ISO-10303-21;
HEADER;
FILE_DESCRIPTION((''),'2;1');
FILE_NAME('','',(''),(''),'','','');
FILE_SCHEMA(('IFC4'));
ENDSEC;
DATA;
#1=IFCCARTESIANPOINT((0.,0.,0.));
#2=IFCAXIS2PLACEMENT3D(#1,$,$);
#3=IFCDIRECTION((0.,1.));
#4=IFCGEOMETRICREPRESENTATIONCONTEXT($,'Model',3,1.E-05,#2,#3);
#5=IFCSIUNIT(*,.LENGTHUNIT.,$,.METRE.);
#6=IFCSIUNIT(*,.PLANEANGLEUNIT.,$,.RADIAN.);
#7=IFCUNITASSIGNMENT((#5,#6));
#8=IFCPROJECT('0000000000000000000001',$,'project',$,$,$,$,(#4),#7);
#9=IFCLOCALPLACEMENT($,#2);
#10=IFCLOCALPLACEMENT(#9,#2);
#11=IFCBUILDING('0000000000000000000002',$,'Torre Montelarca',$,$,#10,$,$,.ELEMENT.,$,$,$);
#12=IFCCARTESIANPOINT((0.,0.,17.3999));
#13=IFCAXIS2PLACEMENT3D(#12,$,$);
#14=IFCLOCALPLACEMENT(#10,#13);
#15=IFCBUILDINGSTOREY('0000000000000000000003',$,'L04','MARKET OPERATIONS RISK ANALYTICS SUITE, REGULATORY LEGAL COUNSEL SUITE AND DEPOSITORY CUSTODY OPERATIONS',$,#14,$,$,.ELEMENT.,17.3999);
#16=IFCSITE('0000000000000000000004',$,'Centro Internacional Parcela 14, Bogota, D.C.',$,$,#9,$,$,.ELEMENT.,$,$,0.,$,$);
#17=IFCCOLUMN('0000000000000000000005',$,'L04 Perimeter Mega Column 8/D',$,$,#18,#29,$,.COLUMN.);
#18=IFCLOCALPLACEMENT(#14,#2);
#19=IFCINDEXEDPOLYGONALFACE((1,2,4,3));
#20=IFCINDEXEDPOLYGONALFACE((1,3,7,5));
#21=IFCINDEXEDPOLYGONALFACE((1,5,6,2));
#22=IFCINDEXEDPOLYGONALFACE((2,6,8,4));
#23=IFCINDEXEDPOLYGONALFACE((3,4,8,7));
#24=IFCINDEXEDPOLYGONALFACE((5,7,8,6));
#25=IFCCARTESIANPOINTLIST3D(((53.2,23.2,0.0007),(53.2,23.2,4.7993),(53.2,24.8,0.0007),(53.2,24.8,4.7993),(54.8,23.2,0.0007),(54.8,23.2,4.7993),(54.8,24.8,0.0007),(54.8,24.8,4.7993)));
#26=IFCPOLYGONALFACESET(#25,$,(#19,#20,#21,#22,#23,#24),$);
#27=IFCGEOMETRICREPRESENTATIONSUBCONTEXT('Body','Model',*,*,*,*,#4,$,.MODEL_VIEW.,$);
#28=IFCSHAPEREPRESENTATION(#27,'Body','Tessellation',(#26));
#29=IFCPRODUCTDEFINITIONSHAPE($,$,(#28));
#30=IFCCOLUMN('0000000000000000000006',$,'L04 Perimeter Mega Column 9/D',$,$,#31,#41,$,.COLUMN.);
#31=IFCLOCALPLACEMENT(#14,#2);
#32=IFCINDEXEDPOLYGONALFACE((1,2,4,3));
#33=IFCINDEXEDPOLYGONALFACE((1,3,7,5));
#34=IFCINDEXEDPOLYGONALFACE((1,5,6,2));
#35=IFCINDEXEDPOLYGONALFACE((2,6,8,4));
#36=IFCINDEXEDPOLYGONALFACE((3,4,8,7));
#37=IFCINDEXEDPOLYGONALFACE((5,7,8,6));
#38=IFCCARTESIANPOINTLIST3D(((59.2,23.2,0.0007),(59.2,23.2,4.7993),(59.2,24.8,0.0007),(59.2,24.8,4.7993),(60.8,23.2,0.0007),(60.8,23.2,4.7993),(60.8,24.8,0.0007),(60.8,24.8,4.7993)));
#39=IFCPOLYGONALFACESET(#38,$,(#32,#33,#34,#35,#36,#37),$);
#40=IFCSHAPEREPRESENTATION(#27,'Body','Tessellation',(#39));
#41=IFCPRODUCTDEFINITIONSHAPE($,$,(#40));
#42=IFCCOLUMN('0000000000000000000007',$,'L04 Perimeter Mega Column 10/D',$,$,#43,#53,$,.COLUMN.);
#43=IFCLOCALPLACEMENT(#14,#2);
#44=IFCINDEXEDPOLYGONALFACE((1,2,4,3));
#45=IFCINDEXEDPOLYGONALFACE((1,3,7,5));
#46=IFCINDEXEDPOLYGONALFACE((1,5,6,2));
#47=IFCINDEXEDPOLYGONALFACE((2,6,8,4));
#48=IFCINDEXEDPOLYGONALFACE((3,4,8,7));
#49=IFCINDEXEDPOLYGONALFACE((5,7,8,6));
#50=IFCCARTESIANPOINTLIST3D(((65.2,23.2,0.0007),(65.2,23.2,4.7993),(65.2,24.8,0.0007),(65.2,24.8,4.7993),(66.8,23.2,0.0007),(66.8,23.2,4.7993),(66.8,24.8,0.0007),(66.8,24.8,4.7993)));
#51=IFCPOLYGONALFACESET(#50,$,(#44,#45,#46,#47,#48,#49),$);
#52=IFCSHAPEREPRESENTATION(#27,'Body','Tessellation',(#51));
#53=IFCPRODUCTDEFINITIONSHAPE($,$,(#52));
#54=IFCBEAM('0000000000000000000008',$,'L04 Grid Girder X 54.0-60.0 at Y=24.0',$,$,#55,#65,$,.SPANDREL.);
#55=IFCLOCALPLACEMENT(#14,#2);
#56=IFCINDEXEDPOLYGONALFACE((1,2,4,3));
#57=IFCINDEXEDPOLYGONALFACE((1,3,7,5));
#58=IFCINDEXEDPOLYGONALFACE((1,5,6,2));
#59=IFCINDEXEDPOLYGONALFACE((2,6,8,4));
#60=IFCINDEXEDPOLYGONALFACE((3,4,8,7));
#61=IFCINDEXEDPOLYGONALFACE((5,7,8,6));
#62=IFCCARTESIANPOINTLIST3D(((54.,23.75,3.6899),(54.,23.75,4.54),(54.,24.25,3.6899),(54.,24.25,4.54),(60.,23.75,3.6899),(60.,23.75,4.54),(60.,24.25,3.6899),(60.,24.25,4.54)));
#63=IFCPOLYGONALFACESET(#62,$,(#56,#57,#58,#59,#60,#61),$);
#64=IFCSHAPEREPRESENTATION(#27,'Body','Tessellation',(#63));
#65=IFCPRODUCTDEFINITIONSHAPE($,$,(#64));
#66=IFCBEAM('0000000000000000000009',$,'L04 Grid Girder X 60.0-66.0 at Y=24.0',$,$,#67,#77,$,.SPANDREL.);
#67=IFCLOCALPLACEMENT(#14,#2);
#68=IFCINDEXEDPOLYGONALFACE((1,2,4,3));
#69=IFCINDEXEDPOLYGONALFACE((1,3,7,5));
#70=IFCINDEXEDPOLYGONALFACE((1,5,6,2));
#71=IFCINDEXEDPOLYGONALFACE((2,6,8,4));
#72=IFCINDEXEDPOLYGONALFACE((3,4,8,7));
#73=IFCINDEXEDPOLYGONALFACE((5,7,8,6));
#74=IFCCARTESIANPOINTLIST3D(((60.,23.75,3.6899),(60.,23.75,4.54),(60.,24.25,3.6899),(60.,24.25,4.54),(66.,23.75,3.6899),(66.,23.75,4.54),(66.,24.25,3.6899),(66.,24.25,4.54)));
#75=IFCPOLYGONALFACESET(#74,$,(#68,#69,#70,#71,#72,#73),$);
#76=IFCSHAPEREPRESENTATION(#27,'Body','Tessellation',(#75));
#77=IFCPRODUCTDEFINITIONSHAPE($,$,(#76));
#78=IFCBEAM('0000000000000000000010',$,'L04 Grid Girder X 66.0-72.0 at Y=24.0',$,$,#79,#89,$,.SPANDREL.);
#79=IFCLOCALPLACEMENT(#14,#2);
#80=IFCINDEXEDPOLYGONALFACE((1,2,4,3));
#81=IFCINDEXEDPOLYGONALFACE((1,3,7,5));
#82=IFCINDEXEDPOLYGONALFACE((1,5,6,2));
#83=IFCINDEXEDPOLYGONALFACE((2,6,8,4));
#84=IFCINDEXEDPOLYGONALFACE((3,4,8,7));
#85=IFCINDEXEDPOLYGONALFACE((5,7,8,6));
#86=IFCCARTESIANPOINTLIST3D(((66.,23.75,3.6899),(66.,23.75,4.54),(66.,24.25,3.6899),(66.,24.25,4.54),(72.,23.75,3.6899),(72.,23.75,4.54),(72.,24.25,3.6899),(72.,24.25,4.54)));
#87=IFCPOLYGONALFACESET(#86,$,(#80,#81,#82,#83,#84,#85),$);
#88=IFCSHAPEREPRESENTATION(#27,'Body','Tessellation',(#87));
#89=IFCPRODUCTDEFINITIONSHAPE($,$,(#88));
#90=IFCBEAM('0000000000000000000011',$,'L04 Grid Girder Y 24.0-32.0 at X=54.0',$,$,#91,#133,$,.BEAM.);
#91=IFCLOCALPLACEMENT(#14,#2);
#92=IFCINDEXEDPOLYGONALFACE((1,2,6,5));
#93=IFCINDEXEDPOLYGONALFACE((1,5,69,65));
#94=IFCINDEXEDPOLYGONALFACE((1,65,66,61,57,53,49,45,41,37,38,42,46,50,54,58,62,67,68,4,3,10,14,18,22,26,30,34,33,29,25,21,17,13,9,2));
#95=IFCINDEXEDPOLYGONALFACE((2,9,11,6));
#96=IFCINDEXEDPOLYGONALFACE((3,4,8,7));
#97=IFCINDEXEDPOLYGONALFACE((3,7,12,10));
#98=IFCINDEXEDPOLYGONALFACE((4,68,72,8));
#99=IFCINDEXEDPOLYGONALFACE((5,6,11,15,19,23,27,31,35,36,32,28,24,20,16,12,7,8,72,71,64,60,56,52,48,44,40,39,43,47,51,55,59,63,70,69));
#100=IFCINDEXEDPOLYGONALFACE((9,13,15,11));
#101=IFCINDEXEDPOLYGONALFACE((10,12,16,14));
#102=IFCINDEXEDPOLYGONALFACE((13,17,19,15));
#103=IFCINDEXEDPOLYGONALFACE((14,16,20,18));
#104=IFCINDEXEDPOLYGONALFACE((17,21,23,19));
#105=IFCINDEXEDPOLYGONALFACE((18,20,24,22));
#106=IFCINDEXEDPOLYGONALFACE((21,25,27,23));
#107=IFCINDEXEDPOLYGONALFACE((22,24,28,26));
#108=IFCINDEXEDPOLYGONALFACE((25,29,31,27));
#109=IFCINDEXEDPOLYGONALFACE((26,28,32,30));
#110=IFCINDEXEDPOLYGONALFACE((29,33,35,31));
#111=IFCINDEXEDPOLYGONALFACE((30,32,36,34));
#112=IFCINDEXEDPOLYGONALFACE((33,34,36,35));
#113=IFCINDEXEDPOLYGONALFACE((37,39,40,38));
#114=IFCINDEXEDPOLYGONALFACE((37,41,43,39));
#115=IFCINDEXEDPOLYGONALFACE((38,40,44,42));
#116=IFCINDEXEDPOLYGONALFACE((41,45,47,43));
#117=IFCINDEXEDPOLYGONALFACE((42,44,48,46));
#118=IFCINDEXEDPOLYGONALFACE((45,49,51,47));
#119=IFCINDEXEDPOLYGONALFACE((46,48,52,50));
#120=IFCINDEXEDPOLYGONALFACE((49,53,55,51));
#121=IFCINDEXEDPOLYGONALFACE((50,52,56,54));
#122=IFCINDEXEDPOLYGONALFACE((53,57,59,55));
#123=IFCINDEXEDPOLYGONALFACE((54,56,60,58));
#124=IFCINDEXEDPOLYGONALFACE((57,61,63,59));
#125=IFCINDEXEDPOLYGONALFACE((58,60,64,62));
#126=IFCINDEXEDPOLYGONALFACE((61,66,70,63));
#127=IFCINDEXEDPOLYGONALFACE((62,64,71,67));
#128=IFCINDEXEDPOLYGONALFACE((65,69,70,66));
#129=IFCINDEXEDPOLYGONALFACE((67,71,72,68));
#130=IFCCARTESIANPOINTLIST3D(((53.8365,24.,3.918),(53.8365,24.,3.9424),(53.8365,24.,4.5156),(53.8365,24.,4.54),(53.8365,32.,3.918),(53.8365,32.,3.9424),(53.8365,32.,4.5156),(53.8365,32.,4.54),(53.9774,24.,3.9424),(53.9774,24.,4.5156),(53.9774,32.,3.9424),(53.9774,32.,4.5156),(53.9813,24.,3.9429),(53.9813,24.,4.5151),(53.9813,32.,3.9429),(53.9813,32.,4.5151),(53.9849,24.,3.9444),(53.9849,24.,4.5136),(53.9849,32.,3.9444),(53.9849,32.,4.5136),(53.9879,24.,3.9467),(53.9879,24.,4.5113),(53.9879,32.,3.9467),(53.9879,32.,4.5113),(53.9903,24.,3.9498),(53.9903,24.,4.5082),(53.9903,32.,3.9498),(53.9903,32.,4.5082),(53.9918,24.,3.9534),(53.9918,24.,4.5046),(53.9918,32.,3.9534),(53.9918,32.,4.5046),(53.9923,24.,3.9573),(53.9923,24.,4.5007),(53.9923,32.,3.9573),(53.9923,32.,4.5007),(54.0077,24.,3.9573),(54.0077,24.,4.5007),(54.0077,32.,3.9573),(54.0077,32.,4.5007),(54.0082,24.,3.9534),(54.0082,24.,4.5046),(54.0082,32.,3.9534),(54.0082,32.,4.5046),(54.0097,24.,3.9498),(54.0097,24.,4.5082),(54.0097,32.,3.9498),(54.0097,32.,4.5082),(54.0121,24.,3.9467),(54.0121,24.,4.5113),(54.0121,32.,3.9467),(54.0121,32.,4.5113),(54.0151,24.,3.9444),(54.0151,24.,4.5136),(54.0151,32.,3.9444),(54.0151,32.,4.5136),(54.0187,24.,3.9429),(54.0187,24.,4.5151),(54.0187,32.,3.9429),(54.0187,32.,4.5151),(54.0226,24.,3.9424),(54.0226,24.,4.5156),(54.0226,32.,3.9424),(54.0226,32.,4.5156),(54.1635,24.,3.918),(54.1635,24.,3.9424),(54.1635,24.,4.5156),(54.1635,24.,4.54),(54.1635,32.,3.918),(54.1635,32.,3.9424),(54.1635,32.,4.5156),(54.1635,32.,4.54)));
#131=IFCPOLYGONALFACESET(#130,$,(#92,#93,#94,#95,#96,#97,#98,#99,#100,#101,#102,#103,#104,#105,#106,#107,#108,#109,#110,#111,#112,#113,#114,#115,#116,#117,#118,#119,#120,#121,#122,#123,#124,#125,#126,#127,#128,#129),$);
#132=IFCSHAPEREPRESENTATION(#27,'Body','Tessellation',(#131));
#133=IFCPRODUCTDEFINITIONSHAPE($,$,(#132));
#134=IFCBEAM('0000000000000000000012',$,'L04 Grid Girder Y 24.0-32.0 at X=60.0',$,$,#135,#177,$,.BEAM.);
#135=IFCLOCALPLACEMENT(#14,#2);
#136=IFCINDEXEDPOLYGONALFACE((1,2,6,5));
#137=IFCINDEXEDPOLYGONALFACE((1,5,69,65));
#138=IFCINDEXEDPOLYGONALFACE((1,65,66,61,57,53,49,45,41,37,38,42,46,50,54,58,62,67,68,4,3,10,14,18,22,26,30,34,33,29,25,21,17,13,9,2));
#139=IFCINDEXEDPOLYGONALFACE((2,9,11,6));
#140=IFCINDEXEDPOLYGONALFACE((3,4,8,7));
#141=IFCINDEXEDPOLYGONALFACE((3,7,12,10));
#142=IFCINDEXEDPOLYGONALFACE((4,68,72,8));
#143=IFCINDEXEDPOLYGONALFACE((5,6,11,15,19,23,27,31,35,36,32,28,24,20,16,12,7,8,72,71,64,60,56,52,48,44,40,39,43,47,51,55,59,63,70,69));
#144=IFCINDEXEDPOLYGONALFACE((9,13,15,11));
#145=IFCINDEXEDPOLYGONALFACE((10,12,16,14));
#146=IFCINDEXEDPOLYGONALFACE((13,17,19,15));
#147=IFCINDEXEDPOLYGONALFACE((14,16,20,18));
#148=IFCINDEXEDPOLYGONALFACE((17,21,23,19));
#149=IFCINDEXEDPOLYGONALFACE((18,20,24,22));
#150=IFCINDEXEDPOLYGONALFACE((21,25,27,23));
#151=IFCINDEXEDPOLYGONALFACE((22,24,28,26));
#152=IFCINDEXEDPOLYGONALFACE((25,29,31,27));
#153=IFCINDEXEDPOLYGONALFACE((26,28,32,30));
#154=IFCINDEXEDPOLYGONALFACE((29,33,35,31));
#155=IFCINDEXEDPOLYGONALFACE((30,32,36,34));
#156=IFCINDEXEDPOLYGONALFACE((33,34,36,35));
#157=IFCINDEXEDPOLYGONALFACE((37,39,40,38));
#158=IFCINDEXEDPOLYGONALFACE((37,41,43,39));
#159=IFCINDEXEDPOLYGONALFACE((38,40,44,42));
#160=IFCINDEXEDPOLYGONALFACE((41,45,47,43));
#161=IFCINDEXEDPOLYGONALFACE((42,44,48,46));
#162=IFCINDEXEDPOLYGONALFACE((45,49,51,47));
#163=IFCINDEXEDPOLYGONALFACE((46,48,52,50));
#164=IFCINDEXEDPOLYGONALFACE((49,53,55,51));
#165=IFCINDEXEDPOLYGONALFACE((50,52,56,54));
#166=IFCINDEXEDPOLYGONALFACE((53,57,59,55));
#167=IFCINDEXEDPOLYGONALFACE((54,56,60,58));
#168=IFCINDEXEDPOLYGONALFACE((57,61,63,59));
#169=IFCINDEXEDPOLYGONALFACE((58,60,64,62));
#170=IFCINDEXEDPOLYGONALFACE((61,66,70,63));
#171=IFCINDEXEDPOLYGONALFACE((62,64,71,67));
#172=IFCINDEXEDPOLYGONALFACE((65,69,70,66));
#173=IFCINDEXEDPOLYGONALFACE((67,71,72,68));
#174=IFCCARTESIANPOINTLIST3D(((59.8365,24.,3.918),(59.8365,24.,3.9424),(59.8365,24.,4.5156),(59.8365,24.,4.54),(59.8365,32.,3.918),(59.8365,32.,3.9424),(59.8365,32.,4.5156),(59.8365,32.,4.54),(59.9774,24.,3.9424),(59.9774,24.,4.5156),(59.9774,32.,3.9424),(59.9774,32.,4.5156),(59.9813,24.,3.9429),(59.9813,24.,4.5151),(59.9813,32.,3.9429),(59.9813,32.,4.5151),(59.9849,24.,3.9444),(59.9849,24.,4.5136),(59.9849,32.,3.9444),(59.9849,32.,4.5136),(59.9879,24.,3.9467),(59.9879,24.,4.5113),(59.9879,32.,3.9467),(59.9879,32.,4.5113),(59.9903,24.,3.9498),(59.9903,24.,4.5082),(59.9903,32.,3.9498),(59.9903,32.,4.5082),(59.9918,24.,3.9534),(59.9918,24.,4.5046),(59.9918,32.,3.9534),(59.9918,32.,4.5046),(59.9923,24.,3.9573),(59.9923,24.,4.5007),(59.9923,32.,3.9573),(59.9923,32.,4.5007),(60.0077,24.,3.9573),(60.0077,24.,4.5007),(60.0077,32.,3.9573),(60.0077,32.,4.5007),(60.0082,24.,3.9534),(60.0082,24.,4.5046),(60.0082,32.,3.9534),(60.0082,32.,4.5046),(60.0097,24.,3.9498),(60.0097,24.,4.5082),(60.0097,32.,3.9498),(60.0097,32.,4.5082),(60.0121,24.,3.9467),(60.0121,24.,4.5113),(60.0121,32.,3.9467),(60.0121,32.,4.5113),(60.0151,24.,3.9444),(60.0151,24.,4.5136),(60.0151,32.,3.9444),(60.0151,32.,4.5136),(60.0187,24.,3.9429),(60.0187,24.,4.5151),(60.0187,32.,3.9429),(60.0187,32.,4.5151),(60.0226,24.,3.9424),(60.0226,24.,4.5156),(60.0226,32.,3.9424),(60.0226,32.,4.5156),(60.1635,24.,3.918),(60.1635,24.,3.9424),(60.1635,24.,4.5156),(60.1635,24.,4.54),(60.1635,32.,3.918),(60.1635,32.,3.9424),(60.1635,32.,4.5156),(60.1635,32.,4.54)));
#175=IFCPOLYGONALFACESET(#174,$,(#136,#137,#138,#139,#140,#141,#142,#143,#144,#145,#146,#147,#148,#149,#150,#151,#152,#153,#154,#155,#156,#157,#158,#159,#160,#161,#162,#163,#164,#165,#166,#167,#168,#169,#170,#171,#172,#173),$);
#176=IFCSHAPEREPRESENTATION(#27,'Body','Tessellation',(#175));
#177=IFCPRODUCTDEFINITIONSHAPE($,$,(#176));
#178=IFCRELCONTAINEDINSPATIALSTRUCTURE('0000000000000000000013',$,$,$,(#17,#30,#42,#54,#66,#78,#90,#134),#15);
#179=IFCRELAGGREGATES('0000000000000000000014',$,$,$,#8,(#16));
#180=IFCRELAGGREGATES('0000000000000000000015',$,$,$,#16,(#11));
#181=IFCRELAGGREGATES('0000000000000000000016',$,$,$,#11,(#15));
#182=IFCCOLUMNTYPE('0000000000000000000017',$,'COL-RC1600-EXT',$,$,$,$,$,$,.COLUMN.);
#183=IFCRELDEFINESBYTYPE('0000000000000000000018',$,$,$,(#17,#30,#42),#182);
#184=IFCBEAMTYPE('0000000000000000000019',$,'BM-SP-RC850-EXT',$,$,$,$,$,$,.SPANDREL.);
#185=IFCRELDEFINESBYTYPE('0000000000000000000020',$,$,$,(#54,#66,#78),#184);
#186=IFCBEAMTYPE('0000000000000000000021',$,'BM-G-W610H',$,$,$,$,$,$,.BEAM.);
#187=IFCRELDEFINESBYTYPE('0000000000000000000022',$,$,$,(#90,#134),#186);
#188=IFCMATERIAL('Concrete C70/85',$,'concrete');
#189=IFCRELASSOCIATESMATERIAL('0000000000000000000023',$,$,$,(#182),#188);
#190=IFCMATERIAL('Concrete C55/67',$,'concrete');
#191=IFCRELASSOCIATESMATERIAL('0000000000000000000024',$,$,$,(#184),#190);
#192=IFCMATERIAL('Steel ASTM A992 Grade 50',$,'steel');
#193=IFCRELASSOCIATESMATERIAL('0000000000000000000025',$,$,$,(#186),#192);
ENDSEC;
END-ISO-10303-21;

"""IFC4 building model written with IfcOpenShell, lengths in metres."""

from ifc_helpers import new_model, si_unit, direction, frame, origin, origin_2d, place, context, subcontext, project, spatial, rectangle, i_section, extrude, source, transform, mapped, material, material_profile, profile_set, type_object, element, save


model = new_model("IFC4")

# Units and contexts
model_context = context("Model", 3, precision=1e-05, world=origin(), true_north=direction((0.0, 1.0)))
body_context = subcontext(model_context, "Body", "Model", "MODEL_VIEW")
ifc_project = project(units=[si_unit("LENGTHUNIT", "METRE"), si_unit("PLANEANGLEUNIT", "RADIAN")], contexts=[model_context])

# Site, building, storey
site_placement = place(None, origin())
site = spatial("IfcSite", under=ifc_project, at=site_placement, Name="Centro Internacional Parcela 14, Bogota, D.C.", CompositionType="ELEMENT", RefElevation=0.0)
building_placement = place(site_placement, origin())
building = spatial("IfcBuilding", under=site, at=building_placement, Name="Torre Montelarca", CompositionType="ELEMENT")
storey_placement = place(building_placement, frame((0.0, 0.0, 17.3999)))
storey = spatial("IfcBuildingStorey", under=building, at=storey_placement, Name="L04", Description="MARKET OPERATIONS RISK ANALYTICS SUITE, REGULATORY LEGAL COUNSEL SUITE AND DEPOSITORY CUSTODY OPERATIONS", CompositionType="ELEMENT", Elevation=17.3999)

# Columns
ifc_material_1 = material(Name="Concrete C70/85", Category="concrete")
ifc_material_profile_1 = material_profile(ifc_material_1, rectangle(XDim=1.6001, YDim=1.6001, at=origin_2d()), Name="RC1600X1600", Category="concrete")
ifc_profile_set_1 = profile_set([ifc_material_profile_1], Name="Concrete C70/85")
column_type = type_object("IfcColumnType", Name="COL-RC1600-EXT", PredefinedType="COLUMN", material=ifc_profile_set_1)
shared_shape_1 = source(origin(), body_context, "Body", "SweptSolid", [
    extrude(rectangle(XDim=1.6001, YDim=1.6001, at=origin_2d()), origin(), (0.0, 0.0, 1.0), 4.7986),
])
for number, where, z_axis, x_axis, name in (
    (1, (54.0, 24.0, 0.0007), (0.0, 0.0, 1.0), (1.0, 0.0, 0.0), "L04 Perimeter Mega Column 8/D"),
    (2, (60.0, 24.0, 0.0007), (0.0, 0.0, 1.0), (1.0, 0.0, 0.0), "L04 Perimeter Mega Column 9/D"),
    (3, (66.0, 24.0, 0.0007), (0.0, 0.0, 1.0), (1.0, 0.0, 0.0), "L04 Perimeter Mega Column 10/D"),
):
    element("IfcColumn", number, at=place(storey_placement, frame(where, z_axis=z_axis, x_axis=x_axis)), inside=storey, type_object=column_type, Name=name, PredefinedType="COLUMN", context=body_context, shape_type="MappedRepresentation", body=[
        mapped(shared_shape_1, transform((0.0, 0.0, 0.0), scale=1.0)),
    ])

# Beams
ifc_material_2 = material(Name="Concrete C55/67", Category="concrete")
ifc_material_profile_2 = material_profile(ifc_material_2, rectangle(XDim=0.5, YDim=0.8501, at=origin_2d()), Name="RCB500X850", Category="concrete")
ifc_profile_set_2 = profile_set([ifc_material_profile_2], Name="Concrete C55/67")
beam_type_1 = type_object("IfcBeamType", Name="BM-SP-RC850-EXT", PredefinedType="SPANDREL", material=ifc_profile_set_2)
shared_shape_2 = source(origin(), body_context, "Body", "SweptSolid", [
    extrude(rectangle(XDim=0.5, YDim=0.8501, at=origin_2d()), origin(), (0.0, 0.0, 1.0), 6.0),
])
for number, where, z_axis, x_axis, name in (
    (4, (54.0, 24.0, 4.115), (1.0, 0.0, 0.0), (0.0, 1.0, 0.0), "L04 Grid Girder X 54.0-60.0 at Y=24.0"),
    (5, (60.0, 24.0, 4.115), (1.0, 0.0, 0.0), (0.0, 1.0, 0.0), "L04 Grid Girder X 60.0-66.0 at Y=24.0"),
    (6, (66.0, 24.0, 4.115), (1.0, 0.0, 0.0), (0.0, 1.0, 0.0), "L04 Grid Girder X 66.0-72.0 at Y=24.0"),
):
    element("IfcBeam", number, at=place(storey_placement, frame(where, z_axis=z_axis, x_axis=x_axis)), inside=storey, type_object=beam_type_1, Name=name, PredefinedType="SPANDREL", context=body_context, shape_type="MappedRepresentation", body=[
        mapped(shared_shape_2, transform((0.0, 0.0, 0.0), scale=1.0)),
    ])
ifc_material_3 = material(Name="Steel ASTM A992 Grade 50", Category="steel")
ifc_material_profile_3 = material_profile(ifc_material_3, i_section(OverallWidth=0.3269, OverallDepth=0.6221, WebThickness=0.0154, FlangeThickness=0.0244, FilletRadius=0.0149, at=origin_2d()), Name="W610X195", Category="steel")
ifc_profile_set_3 = profile_set([ifc_material_profile_3], Name="Steel ASTM A992 Grade 50")
beam_type_2 = type_object("IfcBeamType", Name="BM-G-W610H", PredefinedType="BEAM", material=ifc_profile_set_3)
shared_shape_3 = source(origin(), body_context, "Body", "SweptSolid", [
    extrude(i_section(OverallWidth=0.3269, OverallDepth=0.6221, WebThickness=0.0154, FlangeThickness=0.0244, FilletRadius=0.0149, at=origin_2d()), origin(), (0.0, 0.0, 1.0), 8.0),
])
for number, where, z_axis, x_axis, name in (
    (7, (54.0, 24.0, 4.229), (0.0, 1.0, 0.0), (-1.0, 0.0, 0.0), "L04 Grid Girder Y 24.0-32.0 at X=54.0"),
    (8, (60.0, 24.0, 4.229), (0.0, 1.0, 0.0), (-1.0, 0.0, 0.0), "L04 Grid Girder Y 24.0-32.0 at X=60.0"),
):
    element("IfcBeam", number, at=place(storey_placement, frame(where, z_axis=z_axis, x_axis=x_axis)), inside=storey, type_object=beam_type_2, Name=name, PredefinedType="BEAM", context=body_context, shape_type="MappedRepresentation", body=[
        mapped(shared_shape_3, transform((0.0, 0.0, 0.0), scale=1.0)),
    ])

save(model, "model.ifc")
